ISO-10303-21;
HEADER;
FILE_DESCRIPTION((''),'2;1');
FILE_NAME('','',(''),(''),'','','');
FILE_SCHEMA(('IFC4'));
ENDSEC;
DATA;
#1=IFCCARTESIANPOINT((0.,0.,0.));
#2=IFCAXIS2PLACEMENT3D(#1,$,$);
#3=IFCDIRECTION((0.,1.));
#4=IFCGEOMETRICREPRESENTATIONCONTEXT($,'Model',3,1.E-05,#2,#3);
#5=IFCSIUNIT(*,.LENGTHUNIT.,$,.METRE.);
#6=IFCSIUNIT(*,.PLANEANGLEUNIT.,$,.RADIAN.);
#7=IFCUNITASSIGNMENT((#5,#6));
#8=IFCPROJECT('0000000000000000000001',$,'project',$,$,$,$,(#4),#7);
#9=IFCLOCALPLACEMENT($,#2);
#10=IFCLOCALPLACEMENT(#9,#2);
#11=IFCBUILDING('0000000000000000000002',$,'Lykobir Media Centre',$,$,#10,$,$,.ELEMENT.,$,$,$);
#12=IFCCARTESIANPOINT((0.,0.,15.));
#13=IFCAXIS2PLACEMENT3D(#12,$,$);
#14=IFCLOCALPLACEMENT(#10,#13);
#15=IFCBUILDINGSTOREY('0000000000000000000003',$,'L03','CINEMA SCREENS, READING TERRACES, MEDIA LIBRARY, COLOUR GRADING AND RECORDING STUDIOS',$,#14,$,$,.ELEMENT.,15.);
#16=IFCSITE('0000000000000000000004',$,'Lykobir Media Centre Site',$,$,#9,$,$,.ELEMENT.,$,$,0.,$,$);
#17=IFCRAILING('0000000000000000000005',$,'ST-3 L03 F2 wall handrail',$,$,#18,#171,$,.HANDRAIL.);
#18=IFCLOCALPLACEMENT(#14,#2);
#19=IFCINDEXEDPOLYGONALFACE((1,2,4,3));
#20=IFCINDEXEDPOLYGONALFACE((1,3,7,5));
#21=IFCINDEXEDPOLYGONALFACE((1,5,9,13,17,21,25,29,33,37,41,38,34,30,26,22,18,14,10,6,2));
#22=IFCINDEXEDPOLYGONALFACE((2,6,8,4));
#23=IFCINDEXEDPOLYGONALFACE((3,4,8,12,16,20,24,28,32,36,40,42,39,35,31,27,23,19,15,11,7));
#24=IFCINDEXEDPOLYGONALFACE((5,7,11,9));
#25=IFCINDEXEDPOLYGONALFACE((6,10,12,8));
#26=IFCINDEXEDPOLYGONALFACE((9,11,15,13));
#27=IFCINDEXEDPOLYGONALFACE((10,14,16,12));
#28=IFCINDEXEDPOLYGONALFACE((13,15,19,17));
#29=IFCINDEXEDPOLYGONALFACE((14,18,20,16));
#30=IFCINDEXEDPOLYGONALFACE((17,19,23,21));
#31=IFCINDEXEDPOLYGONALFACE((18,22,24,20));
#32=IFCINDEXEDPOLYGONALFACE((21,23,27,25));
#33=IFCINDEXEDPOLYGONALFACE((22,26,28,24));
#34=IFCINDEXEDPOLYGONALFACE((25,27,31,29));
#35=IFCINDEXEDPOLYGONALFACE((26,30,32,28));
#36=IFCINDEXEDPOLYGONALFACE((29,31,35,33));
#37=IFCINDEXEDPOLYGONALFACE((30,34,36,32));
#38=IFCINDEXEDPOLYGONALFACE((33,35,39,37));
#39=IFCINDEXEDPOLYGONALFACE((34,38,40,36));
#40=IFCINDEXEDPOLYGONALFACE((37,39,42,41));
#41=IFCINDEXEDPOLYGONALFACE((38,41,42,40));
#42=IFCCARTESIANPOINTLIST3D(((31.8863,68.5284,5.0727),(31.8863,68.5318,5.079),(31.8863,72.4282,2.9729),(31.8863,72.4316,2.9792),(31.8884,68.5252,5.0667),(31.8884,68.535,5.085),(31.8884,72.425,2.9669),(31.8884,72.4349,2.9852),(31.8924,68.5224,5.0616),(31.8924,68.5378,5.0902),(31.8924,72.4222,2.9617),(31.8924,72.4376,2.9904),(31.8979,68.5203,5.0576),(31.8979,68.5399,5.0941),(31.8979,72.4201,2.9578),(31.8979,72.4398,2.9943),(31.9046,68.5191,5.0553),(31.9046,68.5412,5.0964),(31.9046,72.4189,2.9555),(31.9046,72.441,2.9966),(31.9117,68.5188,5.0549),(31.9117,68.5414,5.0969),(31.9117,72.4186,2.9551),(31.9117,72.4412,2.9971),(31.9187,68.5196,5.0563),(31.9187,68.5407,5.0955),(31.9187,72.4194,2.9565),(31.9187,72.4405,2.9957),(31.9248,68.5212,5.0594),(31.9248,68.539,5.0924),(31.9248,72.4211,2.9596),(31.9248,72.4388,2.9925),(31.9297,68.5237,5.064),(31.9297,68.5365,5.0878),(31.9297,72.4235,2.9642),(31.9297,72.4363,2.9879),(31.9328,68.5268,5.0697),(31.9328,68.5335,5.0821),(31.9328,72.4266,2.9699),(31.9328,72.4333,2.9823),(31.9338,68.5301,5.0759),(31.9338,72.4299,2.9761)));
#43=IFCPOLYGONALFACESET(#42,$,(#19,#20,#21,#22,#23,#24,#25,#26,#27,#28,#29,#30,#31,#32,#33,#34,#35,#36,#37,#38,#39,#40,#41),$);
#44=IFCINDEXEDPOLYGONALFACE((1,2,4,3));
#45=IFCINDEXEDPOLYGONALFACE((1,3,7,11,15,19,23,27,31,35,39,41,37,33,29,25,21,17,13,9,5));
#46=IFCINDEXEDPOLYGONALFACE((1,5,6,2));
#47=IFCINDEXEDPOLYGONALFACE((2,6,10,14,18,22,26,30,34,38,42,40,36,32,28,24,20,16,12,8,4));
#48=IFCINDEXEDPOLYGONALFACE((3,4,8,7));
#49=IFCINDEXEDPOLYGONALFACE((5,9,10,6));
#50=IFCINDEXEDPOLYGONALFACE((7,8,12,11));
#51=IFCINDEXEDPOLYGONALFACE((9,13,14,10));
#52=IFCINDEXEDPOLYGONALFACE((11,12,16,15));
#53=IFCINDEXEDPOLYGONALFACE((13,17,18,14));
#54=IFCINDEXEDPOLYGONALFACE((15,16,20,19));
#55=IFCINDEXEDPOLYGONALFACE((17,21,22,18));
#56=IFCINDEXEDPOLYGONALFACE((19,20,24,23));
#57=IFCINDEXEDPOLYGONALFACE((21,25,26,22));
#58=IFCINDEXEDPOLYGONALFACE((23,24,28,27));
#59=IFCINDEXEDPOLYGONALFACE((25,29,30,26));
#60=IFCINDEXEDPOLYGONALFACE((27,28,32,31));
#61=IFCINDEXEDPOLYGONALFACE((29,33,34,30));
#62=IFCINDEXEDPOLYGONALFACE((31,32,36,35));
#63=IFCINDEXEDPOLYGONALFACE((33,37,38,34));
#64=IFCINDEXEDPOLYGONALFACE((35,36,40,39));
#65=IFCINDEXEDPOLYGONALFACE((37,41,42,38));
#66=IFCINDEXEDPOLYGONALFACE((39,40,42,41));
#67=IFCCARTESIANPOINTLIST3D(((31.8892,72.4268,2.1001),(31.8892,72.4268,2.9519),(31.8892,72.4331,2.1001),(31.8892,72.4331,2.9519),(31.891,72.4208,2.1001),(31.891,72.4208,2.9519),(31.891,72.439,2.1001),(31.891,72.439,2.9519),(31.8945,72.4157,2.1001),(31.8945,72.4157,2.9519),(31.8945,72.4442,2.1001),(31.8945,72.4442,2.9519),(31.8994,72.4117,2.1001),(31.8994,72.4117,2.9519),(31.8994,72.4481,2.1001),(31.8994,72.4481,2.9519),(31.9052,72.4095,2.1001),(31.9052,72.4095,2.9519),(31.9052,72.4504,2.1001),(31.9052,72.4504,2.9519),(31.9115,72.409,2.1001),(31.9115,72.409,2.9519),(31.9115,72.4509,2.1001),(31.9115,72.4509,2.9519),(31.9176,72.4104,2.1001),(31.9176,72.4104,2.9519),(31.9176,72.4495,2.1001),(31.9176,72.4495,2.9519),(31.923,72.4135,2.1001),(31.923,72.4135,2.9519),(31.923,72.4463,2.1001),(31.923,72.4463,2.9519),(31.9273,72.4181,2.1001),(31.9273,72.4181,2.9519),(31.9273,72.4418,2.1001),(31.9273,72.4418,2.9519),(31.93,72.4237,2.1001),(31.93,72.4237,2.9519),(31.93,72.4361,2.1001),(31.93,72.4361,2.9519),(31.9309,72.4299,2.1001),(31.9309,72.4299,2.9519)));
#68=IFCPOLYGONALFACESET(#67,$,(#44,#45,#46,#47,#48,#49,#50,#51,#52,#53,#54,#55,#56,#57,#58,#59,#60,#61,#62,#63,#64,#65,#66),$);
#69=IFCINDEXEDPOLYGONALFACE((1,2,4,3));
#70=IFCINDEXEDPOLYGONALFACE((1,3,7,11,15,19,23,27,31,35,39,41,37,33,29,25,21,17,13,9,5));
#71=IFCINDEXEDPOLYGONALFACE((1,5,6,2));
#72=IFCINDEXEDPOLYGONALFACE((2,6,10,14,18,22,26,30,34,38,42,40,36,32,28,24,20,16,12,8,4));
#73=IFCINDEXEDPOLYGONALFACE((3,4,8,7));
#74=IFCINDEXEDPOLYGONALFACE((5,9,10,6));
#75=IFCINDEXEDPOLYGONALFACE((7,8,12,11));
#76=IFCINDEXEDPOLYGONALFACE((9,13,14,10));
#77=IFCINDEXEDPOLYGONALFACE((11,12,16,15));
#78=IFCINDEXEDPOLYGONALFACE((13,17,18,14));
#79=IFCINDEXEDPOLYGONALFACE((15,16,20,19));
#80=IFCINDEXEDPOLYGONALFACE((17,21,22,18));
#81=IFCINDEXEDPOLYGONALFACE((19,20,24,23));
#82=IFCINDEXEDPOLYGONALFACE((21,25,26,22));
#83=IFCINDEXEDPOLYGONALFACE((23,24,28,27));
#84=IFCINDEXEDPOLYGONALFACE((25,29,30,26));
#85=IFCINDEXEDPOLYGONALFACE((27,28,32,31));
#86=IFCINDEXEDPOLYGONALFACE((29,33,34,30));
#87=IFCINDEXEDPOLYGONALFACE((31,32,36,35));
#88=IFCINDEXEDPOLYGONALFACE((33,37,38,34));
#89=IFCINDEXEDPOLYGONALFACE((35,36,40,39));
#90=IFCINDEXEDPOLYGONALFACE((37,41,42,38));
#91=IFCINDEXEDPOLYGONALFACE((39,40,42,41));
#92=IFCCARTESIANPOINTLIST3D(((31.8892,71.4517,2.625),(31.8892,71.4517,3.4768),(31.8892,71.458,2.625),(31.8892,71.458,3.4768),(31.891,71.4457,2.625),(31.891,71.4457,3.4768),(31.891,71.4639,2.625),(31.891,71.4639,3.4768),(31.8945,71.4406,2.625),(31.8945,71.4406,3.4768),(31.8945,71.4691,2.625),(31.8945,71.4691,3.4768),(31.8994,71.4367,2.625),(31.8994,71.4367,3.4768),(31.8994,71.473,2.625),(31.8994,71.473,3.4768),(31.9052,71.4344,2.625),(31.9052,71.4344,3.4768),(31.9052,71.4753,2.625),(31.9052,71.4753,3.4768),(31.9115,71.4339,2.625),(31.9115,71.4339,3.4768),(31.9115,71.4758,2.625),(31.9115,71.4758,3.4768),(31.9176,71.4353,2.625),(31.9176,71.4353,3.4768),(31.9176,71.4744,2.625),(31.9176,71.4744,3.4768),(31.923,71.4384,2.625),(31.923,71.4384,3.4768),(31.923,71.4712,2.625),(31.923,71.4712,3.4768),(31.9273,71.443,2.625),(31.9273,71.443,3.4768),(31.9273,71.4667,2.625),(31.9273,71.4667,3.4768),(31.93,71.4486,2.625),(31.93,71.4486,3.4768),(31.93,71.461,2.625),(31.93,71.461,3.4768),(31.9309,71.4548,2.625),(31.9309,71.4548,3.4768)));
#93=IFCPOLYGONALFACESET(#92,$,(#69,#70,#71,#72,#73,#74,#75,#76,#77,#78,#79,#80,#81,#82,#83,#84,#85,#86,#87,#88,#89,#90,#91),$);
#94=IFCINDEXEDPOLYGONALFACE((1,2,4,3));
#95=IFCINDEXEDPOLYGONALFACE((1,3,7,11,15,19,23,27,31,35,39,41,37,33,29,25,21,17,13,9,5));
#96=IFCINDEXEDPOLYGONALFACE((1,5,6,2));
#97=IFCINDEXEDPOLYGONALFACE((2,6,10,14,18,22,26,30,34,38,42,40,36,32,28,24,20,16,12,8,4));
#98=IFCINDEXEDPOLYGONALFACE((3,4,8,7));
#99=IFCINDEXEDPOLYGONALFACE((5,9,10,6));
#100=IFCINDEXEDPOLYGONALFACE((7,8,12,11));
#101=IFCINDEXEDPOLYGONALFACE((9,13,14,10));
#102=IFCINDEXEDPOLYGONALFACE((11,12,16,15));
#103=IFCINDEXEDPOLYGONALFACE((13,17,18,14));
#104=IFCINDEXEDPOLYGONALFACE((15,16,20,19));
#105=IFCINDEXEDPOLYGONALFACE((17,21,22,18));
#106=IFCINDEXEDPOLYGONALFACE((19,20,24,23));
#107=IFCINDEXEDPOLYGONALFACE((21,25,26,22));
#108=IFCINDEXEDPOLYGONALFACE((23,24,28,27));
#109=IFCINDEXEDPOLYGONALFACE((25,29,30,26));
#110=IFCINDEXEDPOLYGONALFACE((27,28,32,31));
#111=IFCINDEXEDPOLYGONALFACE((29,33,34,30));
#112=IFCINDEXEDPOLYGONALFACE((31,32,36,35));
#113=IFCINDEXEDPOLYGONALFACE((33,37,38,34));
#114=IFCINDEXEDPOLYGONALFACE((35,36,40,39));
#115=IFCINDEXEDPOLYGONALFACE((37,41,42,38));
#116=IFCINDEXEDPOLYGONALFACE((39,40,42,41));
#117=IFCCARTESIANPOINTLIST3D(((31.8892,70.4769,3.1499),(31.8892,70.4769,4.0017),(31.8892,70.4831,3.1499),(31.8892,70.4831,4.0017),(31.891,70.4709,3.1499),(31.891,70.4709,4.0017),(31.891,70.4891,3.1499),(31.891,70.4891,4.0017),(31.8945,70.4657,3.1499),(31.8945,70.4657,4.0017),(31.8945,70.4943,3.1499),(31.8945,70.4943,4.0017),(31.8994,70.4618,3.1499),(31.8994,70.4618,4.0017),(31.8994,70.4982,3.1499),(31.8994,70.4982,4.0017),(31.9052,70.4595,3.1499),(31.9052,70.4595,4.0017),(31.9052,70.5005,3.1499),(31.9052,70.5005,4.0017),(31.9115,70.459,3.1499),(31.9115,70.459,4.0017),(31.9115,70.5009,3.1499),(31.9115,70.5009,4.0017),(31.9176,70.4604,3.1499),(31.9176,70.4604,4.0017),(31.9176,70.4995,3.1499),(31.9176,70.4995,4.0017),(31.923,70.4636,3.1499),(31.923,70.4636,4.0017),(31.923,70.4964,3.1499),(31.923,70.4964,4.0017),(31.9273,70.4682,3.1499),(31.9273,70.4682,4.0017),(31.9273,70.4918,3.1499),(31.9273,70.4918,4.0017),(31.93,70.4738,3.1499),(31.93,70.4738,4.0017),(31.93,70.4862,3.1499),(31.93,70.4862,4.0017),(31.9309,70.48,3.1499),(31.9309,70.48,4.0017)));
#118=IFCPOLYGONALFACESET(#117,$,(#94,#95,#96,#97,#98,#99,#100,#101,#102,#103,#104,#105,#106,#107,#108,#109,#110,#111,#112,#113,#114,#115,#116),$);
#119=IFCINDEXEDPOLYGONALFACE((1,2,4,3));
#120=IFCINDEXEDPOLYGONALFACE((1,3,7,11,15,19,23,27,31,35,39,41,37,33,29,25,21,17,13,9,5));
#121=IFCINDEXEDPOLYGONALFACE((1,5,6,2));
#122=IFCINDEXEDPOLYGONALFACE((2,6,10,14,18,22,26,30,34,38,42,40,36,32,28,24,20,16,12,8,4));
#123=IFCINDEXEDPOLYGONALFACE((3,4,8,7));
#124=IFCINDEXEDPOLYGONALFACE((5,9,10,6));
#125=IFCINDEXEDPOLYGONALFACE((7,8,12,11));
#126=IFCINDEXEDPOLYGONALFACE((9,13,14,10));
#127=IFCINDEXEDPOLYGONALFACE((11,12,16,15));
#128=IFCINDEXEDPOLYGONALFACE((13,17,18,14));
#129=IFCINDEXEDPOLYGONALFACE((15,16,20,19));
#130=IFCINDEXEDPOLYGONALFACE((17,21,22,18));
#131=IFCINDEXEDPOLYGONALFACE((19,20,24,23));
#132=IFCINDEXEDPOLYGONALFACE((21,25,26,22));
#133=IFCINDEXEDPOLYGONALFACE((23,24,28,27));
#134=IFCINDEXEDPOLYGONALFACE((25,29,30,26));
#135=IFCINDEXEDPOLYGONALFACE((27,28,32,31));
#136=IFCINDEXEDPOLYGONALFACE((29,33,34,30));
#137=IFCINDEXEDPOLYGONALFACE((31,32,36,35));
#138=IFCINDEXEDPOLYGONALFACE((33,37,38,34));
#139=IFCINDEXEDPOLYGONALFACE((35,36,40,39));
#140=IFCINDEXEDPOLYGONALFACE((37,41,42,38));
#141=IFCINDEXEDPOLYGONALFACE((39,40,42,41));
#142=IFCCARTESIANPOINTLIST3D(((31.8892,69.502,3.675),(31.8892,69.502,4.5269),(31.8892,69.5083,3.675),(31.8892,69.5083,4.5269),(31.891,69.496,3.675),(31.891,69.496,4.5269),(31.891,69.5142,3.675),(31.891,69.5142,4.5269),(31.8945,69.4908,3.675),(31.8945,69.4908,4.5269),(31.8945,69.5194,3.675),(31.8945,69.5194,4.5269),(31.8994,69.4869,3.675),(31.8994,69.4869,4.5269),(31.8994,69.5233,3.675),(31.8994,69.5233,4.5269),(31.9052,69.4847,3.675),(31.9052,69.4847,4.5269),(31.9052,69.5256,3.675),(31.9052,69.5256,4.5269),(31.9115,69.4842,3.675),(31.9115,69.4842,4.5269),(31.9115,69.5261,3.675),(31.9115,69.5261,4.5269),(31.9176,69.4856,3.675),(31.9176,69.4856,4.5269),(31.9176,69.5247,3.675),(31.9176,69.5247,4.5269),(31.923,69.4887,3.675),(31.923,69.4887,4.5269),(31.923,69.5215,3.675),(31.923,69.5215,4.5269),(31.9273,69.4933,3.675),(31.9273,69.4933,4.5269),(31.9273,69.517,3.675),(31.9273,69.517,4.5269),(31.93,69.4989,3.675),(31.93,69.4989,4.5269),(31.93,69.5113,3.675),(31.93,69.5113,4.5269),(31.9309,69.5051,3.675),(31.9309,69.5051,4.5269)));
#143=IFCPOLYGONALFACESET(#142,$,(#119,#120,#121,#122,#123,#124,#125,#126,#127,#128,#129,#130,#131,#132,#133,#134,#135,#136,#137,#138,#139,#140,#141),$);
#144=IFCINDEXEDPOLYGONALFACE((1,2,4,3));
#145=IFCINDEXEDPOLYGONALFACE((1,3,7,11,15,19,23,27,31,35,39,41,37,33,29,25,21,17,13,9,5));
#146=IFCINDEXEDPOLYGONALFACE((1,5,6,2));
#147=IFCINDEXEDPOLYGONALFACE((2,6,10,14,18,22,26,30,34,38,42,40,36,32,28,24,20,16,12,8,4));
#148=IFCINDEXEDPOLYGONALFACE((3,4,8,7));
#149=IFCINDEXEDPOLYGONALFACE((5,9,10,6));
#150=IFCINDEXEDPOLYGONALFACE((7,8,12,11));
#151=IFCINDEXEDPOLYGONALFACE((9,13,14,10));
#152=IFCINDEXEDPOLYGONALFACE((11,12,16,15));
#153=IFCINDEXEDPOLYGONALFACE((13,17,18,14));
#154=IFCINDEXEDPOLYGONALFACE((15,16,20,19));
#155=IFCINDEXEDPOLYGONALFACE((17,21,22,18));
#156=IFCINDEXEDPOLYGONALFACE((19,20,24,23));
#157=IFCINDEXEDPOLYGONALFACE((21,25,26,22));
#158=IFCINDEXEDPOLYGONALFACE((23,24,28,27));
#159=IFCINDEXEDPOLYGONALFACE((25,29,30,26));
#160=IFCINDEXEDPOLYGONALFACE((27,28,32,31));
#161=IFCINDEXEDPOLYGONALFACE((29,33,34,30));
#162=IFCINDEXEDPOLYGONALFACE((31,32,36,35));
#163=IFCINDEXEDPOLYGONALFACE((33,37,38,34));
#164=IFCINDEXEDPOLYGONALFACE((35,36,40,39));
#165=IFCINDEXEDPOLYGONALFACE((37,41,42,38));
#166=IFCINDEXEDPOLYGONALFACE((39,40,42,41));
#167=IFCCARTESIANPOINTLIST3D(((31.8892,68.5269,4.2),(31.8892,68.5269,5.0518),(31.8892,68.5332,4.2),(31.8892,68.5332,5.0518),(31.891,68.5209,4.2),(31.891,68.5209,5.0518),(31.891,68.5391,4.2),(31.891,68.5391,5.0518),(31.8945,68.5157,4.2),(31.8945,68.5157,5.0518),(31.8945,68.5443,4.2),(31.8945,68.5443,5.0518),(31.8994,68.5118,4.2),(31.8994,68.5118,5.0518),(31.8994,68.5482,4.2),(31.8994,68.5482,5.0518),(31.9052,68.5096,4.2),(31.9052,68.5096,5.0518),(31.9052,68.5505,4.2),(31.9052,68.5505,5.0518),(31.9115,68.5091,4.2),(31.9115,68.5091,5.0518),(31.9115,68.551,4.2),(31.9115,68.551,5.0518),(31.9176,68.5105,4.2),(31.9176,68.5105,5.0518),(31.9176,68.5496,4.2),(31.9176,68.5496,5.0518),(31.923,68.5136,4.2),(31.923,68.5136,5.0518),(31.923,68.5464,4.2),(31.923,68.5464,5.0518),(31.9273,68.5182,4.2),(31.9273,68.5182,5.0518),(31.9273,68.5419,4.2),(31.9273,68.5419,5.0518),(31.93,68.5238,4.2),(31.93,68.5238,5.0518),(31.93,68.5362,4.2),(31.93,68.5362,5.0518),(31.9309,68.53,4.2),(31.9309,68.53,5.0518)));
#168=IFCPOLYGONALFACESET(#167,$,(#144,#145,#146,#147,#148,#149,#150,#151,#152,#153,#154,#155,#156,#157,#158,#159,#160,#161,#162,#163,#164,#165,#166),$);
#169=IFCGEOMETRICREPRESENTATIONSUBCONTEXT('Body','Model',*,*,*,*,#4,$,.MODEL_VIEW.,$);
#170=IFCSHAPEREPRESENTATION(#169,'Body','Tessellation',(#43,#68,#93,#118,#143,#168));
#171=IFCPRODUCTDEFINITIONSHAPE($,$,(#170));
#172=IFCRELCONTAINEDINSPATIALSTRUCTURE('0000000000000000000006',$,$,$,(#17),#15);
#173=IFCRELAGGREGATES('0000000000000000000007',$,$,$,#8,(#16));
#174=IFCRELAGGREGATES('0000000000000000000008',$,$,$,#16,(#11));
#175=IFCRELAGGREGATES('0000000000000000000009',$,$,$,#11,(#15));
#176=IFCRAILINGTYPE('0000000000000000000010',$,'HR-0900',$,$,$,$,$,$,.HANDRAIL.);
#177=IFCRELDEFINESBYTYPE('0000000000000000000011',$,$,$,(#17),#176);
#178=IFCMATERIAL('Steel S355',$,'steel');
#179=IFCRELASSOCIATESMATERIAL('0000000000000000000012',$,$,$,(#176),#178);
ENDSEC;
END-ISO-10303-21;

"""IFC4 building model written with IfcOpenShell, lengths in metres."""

from ifc_helpers import new_model, si_unit, direction, frame, origin, origin_2d, place, context, subcontext, project, spatial, circle, extrude, material, type_object, element, save


model = new_model("IFC4")

# Units and contexts
model_context = context("Model", 3, precision=1e-05, world=origin(), true_north=direction((0.0, 1.0)))
body_context = subcontext(model_context, "Body", "Model", "MODEL_VIEW")
ifc_project = project(units=[si_unit("LENGTHUNIT", "METRE"), si_unit("PLANEANGLEUNIT", "RADIAN")], contexts=[model_context])

# Site, building, storey
site_placement = place(None, origin())
site = spatial("IfcSite", under=ifc_project, at=site_placement, Name="Lykobir Media Centre Site", CompositionType="ELEMENT", RefElevation=0.0)
building_placement = place(site_placement, origin())
building = spatial("IfcBuilding", under=site, at=building_placement, Name="Lykobir Media Centre", CompositionType="ELEMENT")
storey_placement = place(building_placement, frame((0.0, 0.0, 15.0)))
storey = spatial("IfcBuildingStorey", under=building, at=storey_placement, Name="L03", Description="CINEMA SCREENS, READING TERRACES, MEDIA LIBRARY, COLOUR GRADING AND RECORDING STUDIOS", CompositionType="ELEMENT", Elevation=15.0)

# Shared definitions
ifc_material_1 = material(Name="Steel S355", Category="steel")

# Railing
railing_type_1 = type_object("IfcRailingType", Name="HR-0900", PredefinedType="HANDRAIL", material=ifc_material_1)
railing_1_placement = place(storey_placement, frame((31.9099, 72.4299, 2.1001)))
element("IfcRailing", 1, at=railing_1_placement, inside=storey, type_object=railing_type_1, Name="ST-3 L03 F2 wall handrail", PredefinedType="HANDRAIL", context=body_context, shape_type="SweptSolid", body=[
    extrude(circle(Radius=0.0239, at=origin_2d()), frame((0.0, 0.0, 0.876), z_axis=(0.0, -0.88048, 0.474083), x_axis=(1.0, 0.0, 0.0)), (0.0, 0.0, 1.0), 4.4292),
    extrude(circle(Radius=0.021, at=origin_2d()), origin(), (0.0, 0.0, 1.0), 0.8518),
    extrude(circle(Radius=0.021, at=origin_2d()), frame((0.0, -0.9751, 0.5249)), (0.0, 0.0, 1.0), 0.8518),
    extrude(circle(Radius=0.021, at=origin_2d()), frame((0.0, -1.95, 1.0498)), (0.0, 0.0, 1.0), 0.8518),
    extrude(circle(Radius=0.021, at=origin_2d()), frame((0.0, -2.9248, 1.575)), (0.0, 0.0, 1.0), 0.8518),
    extrude(circle(Radius=0.021, at=origin_2d()), frame((0.0, -3.8999, 2.0999)), (0.0, 0.0, 1.0), 0.8518),
])

save(model, "model.ifc")
